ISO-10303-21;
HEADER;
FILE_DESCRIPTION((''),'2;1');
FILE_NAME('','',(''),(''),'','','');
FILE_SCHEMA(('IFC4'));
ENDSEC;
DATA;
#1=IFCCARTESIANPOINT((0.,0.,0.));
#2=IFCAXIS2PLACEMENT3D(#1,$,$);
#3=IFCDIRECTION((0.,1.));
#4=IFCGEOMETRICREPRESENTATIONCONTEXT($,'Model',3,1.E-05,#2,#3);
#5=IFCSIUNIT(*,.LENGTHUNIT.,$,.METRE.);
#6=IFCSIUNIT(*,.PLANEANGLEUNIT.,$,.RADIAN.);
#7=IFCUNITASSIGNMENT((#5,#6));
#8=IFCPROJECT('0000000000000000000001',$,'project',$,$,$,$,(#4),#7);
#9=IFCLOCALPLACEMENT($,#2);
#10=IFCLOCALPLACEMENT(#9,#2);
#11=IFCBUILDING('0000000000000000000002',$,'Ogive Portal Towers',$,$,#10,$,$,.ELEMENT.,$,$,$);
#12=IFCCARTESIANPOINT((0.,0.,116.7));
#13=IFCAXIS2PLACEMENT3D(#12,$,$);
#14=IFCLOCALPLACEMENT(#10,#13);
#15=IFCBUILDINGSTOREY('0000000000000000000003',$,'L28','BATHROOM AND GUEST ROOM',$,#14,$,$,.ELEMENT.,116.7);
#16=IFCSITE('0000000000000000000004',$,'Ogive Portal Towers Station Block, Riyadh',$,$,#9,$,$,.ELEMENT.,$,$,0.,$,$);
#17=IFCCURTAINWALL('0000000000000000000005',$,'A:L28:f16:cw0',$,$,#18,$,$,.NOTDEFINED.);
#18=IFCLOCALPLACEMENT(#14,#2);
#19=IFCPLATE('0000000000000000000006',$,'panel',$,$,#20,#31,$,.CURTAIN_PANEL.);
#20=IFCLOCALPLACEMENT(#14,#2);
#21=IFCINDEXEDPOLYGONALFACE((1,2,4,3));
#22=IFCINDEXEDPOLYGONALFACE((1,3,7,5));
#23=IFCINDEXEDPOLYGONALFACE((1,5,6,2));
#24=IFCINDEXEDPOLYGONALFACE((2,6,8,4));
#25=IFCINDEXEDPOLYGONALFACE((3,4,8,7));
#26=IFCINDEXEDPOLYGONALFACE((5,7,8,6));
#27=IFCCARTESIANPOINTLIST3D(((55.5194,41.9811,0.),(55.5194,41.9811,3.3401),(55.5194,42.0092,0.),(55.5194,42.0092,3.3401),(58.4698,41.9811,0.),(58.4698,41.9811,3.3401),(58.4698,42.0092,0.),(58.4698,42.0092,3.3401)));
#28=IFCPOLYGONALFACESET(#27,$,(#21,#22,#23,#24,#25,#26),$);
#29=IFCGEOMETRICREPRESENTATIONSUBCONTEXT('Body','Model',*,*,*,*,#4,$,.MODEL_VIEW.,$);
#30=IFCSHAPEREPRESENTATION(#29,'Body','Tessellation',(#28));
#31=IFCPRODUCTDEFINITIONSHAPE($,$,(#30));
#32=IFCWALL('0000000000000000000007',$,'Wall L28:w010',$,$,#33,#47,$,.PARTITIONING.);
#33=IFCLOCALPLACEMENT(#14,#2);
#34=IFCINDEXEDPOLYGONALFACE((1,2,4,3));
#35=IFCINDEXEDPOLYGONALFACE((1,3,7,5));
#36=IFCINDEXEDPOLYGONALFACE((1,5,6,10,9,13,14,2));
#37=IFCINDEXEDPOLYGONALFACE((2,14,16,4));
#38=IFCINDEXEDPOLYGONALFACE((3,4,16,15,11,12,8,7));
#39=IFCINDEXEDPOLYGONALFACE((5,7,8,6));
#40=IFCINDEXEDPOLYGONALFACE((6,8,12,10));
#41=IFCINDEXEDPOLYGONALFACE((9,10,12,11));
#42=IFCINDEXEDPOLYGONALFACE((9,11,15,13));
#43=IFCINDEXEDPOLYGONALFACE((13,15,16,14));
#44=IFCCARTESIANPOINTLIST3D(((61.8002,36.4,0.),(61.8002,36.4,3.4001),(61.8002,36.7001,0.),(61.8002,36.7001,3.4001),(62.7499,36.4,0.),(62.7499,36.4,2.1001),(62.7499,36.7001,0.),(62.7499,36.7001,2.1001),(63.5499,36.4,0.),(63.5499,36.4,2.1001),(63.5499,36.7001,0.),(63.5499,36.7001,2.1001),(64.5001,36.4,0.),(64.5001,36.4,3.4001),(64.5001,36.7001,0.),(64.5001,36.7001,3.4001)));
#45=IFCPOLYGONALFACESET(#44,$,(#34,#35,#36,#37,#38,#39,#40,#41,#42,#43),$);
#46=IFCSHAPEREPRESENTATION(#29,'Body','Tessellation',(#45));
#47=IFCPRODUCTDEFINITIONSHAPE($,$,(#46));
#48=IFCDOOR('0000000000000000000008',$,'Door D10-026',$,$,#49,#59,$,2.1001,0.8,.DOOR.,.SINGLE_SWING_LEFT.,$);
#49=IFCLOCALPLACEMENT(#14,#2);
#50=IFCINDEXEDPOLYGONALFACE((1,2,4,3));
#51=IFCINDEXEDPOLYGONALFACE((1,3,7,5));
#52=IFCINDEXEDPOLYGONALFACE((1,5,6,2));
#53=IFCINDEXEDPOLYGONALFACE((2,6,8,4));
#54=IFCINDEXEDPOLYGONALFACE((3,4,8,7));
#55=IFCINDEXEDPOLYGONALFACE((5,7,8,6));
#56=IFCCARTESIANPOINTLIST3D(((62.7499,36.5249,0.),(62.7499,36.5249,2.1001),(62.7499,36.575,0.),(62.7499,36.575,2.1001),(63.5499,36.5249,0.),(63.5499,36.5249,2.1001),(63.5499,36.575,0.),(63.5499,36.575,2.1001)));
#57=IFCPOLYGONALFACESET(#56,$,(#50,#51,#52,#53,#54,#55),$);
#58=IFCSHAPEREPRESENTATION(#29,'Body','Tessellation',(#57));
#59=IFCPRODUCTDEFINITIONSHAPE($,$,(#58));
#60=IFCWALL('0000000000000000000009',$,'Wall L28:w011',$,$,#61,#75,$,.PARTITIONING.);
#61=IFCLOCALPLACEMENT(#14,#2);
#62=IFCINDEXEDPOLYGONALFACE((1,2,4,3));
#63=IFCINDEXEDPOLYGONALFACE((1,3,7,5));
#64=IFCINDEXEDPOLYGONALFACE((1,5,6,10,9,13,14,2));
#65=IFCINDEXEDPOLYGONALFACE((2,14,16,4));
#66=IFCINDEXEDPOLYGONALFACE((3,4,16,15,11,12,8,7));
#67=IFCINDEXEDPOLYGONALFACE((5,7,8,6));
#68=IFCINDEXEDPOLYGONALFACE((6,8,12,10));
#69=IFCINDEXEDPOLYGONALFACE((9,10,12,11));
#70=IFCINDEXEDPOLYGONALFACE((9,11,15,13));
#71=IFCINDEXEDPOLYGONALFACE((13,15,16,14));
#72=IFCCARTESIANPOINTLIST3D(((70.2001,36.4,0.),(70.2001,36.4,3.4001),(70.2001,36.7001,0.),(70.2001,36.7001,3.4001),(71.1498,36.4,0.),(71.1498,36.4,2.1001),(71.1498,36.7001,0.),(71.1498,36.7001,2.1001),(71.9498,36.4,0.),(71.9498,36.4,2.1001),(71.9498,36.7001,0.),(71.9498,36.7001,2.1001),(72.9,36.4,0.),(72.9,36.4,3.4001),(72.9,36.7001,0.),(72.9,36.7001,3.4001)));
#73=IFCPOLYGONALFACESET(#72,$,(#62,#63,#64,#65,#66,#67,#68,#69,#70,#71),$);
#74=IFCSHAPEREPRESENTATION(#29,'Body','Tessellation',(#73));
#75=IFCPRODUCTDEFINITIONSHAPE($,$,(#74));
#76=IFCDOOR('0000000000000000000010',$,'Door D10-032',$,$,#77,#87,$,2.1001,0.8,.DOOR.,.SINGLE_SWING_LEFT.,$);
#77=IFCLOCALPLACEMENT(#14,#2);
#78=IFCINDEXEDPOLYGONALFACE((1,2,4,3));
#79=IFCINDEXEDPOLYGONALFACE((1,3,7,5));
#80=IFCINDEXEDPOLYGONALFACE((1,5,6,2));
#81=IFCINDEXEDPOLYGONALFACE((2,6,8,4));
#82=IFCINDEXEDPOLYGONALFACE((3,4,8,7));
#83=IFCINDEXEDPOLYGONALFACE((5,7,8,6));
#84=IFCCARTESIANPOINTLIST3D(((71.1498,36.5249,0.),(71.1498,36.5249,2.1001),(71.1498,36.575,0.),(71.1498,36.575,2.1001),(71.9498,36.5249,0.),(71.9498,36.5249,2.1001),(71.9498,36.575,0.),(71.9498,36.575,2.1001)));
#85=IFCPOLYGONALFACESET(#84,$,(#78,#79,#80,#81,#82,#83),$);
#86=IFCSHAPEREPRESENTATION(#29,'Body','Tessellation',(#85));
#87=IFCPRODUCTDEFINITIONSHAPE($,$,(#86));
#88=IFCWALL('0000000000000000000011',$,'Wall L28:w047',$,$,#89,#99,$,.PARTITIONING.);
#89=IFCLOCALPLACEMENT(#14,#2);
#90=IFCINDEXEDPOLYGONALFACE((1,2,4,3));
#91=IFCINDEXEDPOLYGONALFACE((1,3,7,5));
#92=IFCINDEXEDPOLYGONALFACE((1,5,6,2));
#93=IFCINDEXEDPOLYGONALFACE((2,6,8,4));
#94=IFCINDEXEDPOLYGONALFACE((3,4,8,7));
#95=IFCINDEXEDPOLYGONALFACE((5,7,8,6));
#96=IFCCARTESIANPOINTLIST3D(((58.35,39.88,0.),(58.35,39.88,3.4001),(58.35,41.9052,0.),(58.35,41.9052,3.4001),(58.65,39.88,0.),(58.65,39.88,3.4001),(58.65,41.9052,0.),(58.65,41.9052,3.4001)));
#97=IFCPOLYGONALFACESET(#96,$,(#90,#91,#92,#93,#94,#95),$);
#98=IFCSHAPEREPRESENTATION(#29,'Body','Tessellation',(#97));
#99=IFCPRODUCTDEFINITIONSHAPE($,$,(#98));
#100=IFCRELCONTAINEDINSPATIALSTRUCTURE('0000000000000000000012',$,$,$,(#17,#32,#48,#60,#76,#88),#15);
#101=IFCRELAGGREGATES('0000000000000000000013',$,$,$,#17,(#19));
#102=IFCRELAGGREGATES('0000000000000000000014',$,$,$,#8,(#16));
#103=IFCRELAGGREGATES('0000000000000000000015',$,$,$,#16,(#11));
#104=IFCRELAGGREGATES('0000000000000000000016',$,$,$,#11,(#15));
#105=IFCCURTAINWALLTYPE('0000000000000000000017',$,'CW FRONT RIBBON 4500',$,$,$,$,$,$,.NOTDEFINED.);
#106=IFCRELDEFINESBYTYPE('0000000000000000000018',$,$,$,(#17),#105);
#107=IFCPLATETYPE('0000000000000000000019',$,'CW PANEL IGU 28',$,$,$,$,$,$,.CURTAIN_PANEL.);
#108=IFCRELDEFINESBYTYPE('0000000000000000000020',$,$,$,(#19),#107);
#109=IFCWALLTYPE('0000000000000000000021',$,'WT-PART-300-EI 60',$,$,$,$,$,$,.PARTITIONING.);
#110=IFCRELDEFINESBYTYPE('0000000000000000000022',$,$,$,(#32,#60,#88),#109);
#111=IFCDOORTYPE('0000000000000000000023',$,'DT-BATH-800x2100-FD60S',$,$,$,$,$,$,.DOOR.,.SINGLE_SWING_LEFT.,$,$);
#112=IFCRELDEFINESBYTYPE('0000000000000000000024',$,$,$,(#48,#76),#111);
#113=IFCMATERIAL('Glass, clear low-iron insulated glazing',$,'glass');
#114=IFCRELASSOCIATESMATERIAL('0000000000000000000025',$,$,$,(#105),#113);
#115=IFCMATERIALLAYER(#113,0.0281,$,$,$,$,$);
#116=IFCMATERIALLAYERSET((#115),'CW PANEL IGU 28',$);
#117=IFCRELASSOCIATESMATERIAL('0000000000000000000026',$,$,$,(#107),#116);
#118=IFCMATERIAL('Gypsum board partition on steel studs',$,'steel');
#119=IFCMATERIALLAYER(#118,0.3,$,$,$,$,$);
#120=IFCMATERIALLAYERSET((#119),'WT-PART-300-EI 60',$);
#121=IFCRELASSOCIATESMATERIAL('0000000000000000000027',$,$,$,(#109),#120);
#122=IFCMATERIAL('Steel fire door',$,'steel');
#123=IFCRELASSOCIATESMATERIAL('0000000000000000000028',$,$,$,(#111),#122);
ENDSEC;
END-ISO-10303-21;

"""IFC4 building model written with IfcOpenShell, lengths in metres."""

from ifc_helpers import new_model, si_unit, direction, frame, frame_2d, origin, origin_2d, place, context, subcontext, project, spatial, rectangle, extrude, material, layer, layer_set, type_object, element, fill, aggregate, save


model = new_model("IFC4")

# Units and contexts
model_context = context("Model", 3, precision=1e-05, world=origin(), true_north=direction((0.0, 1.0)))
body_context = subcontext(model_context, "Body", "Model", "MODEL_VIEW")
ifc_project = project(units=[si_unit("LENGTHUNIT", "METRE"), si_unit("PLANEANGLEUNIT", "RADIAN")], contexts=[model_context])

# Site, building, storey
site_placement = place(None, origin())
site = spatial("IfcSite", under=ifc_project, at=site_placement, Name="Ogive Portal Towers Station Block, Riyadh", CompositionType="ELEMENT", RefElevation=0.0)
building_placement = place(site_placement, origin())
building = spatial("IfcBuilding", under=site, at=building_placement, Name="Ogive Portal Towers", CompositionType="ELEMENT")
storey_placement = place(building_placement, frame((0.0, 0.0, 116.7)))
storey = spatial("IfcBuildingStorey", under=building, at=storey_placement, Name="L28", Description="BATHROOM AND GUEST ROOM", CompositionType="ELEMENT", Elevation=116.7)

# Curtain wall
ifc_material_1 = material(Name="Glass, clear low-iron insulated glazing", Category="glass")
curtain_wall_type = type_object("IfcCurtainWallType", Name="CW FRONT RIBBON 4500", PredefinedType="NOTDEFINED", material=ifc_material_1)
curtain_wall_1_placement = place(storey_placement, origin())
curtain_wall_1 = element("IfcCurtainWall", 1, at=curtain_wall_1_placement, inside=storey, type_object=curtain_wall_type, Name="A:L28:f16:cw0", PredefinedType="NOTDEFINED")

# Plate
ifc_layer_1 = layer(ifc_material_1, 0.0281)
ifc_layer_set_1 = layer_set([ifc_layer_1], Name="CW PANEL IGU 28")
plate_type = type_object("IfcPlateType", Name="CW PANEL IGU 28", PredefinedType="CURTAIN_PANEL", material=ifc_layer_set_1)
plate_1_placement = place(storey_placement, frame((56.9946, 41.9951, 0.0), z_axis=(0.0, 0.0, 1.0), x_axis=(-1.0, 0.0, 0.0)))
plate_1 = element("IfcPlate", 2, at=plate_1_placement, type_object=plate_type, Name="panel", PredefinedType="CURTAIN_PANEL", context=body_context, shape_type="SweptSolid", body=[
    extrude(rectangle(XDim=2.9504, YDim=0.0281, at=origin_2d()), origin(), (0.0, 0.0, 1.0), 3.3401),
])
aggregate(curtain_wall_1, [plate_1])

# Walls, openings, doors
ifc_material_2 = material(Name="Gypsum board partition on steel studs", Category="steel")
ifc_layer_2 = layer(ifc_material_2, 0.3)
ifc_layer_set_2 = layer_set([ifc_layer_2], Name="WT-PART-300-EI 60")
wall_type = type_object("IfcWallType", Name="WT-PART-300-EI 60", PredefinedType="PARTITIONING", material=ifc_layer_set_2)
wall_1_placement = place(storey_placement, frame((61.8, 36.55, 0.0), z_axis=(0.0, 0.0, 1.0), x_axis=(1.0, 0.0, 0.0)))
wall_1 = element("IfcWall", 3, at=wall_1_placement, inside=storey, type_object=wall_type, Name="Wall L28:w010", PredefinedType="PARTITIONING", context=body_context, shape_type="SweptSolid", body=[
    extrude(rectangle(XDim=2.7, YDim=0.3, at=frame_2d((1.3501, 0.0))), origin(), (0.0, 0.0, 1.0), 3.4001),
])
opening_1_placement = place(wall_1_placement, frame((0.95, 0.0, 0.0)))
opening_1 = element("IfcOpeningElement", 4, at=opening_1_placement, cuts=wall_1, PredefinedType="OPENING", context=body_context, shape_type="SweptSolid", body=[
    extrude(rectangle(XDim=0.8, YDim=2.1001, at=frame_2d((0.3999, 1.05))), frame((0.0, 0.1602, 0.0), z_axis=(0.0, -1.0, 0.0), x_axis=(1.0, 0.0, 0.0)), (0.0, 0.0, 1.0), 0.3201),
])
ifc_material_3 = material(Name="Steel fire door", Category="steel")
door_type = type_object("IfcDoorType", Name="DT-BATH-800x2100-FD60S", OperationType="SINGLE_SWING_LEFT", PredefinedType="DOOR", material=ifc_material_3)
door_1_placement = place(opening_1_placement, origin())
door_1 = element("IfcDoor", 5, at=door_1_placement, inside=storey, type_object=door_type, Name="Door D10-026", OperationType="SINGLE_SWING_LEFT", OverallHeight=2.1001, OverallWidth=0.8, PredefinedType="DOOR", context=body_context, shape_type="SweptSolid", body=[
    extrude(rectangle(XDim=0.8, YDim=2.1001, at=frame_2d((0.3999, 1.05))), frame((0.0, 0.0249, 0.0), z_axis=(0.0, -1.0, 0.0), x_axis=(1.0, 0.0, 0.0)), (0.0, 0.0, 1.0), 0.05),
])
fill(opening_1, door_1)
wall_2_placement = place(storey_placement, frame((70.2, 36.55, 0.0), z_axis=(0.0, 0.0, 1.0), x_axis=(1.0, 0.0, 0.0)))
wall_2 = element("IfcWall", 6, at=wall_2_placement, inside=storey, type_object=wall_type, Name="Wall L28:w011", PredefinedType="PARTITIONING", context=body_context, shape_type="SweptSolid", body=[
    extrude(rectangle(XDim=2.7, YDim=0.3, at=frame_2d((1.3501, 0.0))), origin(), (0.0, 0.0, 1.0), 3.4001),
])
opening_2_placement = place(wall_2_placement, frame((0.95, 0.0, 0.0)))
opening_2 = element("IfcOpeningElement", 7, at=opening_2_placement, cuts=wall_2, PredefinedType="OPENING", context=body_context, shape_type="SweptSolid", body=[
    extrude(rectangle(XDim=0.8, YDim=2.1001, at=frame_2d((0.3999, 1.05))), frame((0.0, 0.1602, 0.0), z_axis=(0.0, -1.0, 0.0), x_axis=(1.0, 0.0, 0.0)), (0.0, 0.0, 1.0), 0.3201),
])
door_2_placement = place(opening_2_placement, origin())
door_2 = element("IfcDoor", 8, at=door_2_placement, inside=storey, type_object=door_type, Name="Door D10-032", OperationType="SINGLE_SWING_LEFT", OverallHeight=2.1001, OverallWidth=0.8, PredefinedType="DOOR", context=body_context, shape_type="SweptSolid", body=[
    extrude(rectangle(XDim=0.8, YDim=2.1001, at=frame_2d((0.3999, 1.05))), frame((0.0, 0.0249, 0.0), z_axis=(0.0, -1.0, 0.0), x_axis=(1.0, 0.0, 0.0)), (0.0, 0.0, 1.0), 0.05),
])
fill(opening_2, door_2)

# Wall
wall_3_placement = place(storey_placement, frame((58.5, 39.8799, 0.0), z_axis=(0.0, 0.0, 1.0), x_axis=(0.0, 1.0, 0.0)))
element("IfcWall", 9, at=wall_3_placement, inside=storey, type_object=wall_type, Name="Wall L28:w047", PredefinedType="PARTITIONING", context=body_context, shape_type="SweptSolid", body=[
    extrude(rectangle(XDim=2.0251, YDim=0.3, at=frame_2d((1.0127, 0.0))), origin(), (0.0, 0.0, 1.0), 3.4001),
])

save(model, "model.ifc")
